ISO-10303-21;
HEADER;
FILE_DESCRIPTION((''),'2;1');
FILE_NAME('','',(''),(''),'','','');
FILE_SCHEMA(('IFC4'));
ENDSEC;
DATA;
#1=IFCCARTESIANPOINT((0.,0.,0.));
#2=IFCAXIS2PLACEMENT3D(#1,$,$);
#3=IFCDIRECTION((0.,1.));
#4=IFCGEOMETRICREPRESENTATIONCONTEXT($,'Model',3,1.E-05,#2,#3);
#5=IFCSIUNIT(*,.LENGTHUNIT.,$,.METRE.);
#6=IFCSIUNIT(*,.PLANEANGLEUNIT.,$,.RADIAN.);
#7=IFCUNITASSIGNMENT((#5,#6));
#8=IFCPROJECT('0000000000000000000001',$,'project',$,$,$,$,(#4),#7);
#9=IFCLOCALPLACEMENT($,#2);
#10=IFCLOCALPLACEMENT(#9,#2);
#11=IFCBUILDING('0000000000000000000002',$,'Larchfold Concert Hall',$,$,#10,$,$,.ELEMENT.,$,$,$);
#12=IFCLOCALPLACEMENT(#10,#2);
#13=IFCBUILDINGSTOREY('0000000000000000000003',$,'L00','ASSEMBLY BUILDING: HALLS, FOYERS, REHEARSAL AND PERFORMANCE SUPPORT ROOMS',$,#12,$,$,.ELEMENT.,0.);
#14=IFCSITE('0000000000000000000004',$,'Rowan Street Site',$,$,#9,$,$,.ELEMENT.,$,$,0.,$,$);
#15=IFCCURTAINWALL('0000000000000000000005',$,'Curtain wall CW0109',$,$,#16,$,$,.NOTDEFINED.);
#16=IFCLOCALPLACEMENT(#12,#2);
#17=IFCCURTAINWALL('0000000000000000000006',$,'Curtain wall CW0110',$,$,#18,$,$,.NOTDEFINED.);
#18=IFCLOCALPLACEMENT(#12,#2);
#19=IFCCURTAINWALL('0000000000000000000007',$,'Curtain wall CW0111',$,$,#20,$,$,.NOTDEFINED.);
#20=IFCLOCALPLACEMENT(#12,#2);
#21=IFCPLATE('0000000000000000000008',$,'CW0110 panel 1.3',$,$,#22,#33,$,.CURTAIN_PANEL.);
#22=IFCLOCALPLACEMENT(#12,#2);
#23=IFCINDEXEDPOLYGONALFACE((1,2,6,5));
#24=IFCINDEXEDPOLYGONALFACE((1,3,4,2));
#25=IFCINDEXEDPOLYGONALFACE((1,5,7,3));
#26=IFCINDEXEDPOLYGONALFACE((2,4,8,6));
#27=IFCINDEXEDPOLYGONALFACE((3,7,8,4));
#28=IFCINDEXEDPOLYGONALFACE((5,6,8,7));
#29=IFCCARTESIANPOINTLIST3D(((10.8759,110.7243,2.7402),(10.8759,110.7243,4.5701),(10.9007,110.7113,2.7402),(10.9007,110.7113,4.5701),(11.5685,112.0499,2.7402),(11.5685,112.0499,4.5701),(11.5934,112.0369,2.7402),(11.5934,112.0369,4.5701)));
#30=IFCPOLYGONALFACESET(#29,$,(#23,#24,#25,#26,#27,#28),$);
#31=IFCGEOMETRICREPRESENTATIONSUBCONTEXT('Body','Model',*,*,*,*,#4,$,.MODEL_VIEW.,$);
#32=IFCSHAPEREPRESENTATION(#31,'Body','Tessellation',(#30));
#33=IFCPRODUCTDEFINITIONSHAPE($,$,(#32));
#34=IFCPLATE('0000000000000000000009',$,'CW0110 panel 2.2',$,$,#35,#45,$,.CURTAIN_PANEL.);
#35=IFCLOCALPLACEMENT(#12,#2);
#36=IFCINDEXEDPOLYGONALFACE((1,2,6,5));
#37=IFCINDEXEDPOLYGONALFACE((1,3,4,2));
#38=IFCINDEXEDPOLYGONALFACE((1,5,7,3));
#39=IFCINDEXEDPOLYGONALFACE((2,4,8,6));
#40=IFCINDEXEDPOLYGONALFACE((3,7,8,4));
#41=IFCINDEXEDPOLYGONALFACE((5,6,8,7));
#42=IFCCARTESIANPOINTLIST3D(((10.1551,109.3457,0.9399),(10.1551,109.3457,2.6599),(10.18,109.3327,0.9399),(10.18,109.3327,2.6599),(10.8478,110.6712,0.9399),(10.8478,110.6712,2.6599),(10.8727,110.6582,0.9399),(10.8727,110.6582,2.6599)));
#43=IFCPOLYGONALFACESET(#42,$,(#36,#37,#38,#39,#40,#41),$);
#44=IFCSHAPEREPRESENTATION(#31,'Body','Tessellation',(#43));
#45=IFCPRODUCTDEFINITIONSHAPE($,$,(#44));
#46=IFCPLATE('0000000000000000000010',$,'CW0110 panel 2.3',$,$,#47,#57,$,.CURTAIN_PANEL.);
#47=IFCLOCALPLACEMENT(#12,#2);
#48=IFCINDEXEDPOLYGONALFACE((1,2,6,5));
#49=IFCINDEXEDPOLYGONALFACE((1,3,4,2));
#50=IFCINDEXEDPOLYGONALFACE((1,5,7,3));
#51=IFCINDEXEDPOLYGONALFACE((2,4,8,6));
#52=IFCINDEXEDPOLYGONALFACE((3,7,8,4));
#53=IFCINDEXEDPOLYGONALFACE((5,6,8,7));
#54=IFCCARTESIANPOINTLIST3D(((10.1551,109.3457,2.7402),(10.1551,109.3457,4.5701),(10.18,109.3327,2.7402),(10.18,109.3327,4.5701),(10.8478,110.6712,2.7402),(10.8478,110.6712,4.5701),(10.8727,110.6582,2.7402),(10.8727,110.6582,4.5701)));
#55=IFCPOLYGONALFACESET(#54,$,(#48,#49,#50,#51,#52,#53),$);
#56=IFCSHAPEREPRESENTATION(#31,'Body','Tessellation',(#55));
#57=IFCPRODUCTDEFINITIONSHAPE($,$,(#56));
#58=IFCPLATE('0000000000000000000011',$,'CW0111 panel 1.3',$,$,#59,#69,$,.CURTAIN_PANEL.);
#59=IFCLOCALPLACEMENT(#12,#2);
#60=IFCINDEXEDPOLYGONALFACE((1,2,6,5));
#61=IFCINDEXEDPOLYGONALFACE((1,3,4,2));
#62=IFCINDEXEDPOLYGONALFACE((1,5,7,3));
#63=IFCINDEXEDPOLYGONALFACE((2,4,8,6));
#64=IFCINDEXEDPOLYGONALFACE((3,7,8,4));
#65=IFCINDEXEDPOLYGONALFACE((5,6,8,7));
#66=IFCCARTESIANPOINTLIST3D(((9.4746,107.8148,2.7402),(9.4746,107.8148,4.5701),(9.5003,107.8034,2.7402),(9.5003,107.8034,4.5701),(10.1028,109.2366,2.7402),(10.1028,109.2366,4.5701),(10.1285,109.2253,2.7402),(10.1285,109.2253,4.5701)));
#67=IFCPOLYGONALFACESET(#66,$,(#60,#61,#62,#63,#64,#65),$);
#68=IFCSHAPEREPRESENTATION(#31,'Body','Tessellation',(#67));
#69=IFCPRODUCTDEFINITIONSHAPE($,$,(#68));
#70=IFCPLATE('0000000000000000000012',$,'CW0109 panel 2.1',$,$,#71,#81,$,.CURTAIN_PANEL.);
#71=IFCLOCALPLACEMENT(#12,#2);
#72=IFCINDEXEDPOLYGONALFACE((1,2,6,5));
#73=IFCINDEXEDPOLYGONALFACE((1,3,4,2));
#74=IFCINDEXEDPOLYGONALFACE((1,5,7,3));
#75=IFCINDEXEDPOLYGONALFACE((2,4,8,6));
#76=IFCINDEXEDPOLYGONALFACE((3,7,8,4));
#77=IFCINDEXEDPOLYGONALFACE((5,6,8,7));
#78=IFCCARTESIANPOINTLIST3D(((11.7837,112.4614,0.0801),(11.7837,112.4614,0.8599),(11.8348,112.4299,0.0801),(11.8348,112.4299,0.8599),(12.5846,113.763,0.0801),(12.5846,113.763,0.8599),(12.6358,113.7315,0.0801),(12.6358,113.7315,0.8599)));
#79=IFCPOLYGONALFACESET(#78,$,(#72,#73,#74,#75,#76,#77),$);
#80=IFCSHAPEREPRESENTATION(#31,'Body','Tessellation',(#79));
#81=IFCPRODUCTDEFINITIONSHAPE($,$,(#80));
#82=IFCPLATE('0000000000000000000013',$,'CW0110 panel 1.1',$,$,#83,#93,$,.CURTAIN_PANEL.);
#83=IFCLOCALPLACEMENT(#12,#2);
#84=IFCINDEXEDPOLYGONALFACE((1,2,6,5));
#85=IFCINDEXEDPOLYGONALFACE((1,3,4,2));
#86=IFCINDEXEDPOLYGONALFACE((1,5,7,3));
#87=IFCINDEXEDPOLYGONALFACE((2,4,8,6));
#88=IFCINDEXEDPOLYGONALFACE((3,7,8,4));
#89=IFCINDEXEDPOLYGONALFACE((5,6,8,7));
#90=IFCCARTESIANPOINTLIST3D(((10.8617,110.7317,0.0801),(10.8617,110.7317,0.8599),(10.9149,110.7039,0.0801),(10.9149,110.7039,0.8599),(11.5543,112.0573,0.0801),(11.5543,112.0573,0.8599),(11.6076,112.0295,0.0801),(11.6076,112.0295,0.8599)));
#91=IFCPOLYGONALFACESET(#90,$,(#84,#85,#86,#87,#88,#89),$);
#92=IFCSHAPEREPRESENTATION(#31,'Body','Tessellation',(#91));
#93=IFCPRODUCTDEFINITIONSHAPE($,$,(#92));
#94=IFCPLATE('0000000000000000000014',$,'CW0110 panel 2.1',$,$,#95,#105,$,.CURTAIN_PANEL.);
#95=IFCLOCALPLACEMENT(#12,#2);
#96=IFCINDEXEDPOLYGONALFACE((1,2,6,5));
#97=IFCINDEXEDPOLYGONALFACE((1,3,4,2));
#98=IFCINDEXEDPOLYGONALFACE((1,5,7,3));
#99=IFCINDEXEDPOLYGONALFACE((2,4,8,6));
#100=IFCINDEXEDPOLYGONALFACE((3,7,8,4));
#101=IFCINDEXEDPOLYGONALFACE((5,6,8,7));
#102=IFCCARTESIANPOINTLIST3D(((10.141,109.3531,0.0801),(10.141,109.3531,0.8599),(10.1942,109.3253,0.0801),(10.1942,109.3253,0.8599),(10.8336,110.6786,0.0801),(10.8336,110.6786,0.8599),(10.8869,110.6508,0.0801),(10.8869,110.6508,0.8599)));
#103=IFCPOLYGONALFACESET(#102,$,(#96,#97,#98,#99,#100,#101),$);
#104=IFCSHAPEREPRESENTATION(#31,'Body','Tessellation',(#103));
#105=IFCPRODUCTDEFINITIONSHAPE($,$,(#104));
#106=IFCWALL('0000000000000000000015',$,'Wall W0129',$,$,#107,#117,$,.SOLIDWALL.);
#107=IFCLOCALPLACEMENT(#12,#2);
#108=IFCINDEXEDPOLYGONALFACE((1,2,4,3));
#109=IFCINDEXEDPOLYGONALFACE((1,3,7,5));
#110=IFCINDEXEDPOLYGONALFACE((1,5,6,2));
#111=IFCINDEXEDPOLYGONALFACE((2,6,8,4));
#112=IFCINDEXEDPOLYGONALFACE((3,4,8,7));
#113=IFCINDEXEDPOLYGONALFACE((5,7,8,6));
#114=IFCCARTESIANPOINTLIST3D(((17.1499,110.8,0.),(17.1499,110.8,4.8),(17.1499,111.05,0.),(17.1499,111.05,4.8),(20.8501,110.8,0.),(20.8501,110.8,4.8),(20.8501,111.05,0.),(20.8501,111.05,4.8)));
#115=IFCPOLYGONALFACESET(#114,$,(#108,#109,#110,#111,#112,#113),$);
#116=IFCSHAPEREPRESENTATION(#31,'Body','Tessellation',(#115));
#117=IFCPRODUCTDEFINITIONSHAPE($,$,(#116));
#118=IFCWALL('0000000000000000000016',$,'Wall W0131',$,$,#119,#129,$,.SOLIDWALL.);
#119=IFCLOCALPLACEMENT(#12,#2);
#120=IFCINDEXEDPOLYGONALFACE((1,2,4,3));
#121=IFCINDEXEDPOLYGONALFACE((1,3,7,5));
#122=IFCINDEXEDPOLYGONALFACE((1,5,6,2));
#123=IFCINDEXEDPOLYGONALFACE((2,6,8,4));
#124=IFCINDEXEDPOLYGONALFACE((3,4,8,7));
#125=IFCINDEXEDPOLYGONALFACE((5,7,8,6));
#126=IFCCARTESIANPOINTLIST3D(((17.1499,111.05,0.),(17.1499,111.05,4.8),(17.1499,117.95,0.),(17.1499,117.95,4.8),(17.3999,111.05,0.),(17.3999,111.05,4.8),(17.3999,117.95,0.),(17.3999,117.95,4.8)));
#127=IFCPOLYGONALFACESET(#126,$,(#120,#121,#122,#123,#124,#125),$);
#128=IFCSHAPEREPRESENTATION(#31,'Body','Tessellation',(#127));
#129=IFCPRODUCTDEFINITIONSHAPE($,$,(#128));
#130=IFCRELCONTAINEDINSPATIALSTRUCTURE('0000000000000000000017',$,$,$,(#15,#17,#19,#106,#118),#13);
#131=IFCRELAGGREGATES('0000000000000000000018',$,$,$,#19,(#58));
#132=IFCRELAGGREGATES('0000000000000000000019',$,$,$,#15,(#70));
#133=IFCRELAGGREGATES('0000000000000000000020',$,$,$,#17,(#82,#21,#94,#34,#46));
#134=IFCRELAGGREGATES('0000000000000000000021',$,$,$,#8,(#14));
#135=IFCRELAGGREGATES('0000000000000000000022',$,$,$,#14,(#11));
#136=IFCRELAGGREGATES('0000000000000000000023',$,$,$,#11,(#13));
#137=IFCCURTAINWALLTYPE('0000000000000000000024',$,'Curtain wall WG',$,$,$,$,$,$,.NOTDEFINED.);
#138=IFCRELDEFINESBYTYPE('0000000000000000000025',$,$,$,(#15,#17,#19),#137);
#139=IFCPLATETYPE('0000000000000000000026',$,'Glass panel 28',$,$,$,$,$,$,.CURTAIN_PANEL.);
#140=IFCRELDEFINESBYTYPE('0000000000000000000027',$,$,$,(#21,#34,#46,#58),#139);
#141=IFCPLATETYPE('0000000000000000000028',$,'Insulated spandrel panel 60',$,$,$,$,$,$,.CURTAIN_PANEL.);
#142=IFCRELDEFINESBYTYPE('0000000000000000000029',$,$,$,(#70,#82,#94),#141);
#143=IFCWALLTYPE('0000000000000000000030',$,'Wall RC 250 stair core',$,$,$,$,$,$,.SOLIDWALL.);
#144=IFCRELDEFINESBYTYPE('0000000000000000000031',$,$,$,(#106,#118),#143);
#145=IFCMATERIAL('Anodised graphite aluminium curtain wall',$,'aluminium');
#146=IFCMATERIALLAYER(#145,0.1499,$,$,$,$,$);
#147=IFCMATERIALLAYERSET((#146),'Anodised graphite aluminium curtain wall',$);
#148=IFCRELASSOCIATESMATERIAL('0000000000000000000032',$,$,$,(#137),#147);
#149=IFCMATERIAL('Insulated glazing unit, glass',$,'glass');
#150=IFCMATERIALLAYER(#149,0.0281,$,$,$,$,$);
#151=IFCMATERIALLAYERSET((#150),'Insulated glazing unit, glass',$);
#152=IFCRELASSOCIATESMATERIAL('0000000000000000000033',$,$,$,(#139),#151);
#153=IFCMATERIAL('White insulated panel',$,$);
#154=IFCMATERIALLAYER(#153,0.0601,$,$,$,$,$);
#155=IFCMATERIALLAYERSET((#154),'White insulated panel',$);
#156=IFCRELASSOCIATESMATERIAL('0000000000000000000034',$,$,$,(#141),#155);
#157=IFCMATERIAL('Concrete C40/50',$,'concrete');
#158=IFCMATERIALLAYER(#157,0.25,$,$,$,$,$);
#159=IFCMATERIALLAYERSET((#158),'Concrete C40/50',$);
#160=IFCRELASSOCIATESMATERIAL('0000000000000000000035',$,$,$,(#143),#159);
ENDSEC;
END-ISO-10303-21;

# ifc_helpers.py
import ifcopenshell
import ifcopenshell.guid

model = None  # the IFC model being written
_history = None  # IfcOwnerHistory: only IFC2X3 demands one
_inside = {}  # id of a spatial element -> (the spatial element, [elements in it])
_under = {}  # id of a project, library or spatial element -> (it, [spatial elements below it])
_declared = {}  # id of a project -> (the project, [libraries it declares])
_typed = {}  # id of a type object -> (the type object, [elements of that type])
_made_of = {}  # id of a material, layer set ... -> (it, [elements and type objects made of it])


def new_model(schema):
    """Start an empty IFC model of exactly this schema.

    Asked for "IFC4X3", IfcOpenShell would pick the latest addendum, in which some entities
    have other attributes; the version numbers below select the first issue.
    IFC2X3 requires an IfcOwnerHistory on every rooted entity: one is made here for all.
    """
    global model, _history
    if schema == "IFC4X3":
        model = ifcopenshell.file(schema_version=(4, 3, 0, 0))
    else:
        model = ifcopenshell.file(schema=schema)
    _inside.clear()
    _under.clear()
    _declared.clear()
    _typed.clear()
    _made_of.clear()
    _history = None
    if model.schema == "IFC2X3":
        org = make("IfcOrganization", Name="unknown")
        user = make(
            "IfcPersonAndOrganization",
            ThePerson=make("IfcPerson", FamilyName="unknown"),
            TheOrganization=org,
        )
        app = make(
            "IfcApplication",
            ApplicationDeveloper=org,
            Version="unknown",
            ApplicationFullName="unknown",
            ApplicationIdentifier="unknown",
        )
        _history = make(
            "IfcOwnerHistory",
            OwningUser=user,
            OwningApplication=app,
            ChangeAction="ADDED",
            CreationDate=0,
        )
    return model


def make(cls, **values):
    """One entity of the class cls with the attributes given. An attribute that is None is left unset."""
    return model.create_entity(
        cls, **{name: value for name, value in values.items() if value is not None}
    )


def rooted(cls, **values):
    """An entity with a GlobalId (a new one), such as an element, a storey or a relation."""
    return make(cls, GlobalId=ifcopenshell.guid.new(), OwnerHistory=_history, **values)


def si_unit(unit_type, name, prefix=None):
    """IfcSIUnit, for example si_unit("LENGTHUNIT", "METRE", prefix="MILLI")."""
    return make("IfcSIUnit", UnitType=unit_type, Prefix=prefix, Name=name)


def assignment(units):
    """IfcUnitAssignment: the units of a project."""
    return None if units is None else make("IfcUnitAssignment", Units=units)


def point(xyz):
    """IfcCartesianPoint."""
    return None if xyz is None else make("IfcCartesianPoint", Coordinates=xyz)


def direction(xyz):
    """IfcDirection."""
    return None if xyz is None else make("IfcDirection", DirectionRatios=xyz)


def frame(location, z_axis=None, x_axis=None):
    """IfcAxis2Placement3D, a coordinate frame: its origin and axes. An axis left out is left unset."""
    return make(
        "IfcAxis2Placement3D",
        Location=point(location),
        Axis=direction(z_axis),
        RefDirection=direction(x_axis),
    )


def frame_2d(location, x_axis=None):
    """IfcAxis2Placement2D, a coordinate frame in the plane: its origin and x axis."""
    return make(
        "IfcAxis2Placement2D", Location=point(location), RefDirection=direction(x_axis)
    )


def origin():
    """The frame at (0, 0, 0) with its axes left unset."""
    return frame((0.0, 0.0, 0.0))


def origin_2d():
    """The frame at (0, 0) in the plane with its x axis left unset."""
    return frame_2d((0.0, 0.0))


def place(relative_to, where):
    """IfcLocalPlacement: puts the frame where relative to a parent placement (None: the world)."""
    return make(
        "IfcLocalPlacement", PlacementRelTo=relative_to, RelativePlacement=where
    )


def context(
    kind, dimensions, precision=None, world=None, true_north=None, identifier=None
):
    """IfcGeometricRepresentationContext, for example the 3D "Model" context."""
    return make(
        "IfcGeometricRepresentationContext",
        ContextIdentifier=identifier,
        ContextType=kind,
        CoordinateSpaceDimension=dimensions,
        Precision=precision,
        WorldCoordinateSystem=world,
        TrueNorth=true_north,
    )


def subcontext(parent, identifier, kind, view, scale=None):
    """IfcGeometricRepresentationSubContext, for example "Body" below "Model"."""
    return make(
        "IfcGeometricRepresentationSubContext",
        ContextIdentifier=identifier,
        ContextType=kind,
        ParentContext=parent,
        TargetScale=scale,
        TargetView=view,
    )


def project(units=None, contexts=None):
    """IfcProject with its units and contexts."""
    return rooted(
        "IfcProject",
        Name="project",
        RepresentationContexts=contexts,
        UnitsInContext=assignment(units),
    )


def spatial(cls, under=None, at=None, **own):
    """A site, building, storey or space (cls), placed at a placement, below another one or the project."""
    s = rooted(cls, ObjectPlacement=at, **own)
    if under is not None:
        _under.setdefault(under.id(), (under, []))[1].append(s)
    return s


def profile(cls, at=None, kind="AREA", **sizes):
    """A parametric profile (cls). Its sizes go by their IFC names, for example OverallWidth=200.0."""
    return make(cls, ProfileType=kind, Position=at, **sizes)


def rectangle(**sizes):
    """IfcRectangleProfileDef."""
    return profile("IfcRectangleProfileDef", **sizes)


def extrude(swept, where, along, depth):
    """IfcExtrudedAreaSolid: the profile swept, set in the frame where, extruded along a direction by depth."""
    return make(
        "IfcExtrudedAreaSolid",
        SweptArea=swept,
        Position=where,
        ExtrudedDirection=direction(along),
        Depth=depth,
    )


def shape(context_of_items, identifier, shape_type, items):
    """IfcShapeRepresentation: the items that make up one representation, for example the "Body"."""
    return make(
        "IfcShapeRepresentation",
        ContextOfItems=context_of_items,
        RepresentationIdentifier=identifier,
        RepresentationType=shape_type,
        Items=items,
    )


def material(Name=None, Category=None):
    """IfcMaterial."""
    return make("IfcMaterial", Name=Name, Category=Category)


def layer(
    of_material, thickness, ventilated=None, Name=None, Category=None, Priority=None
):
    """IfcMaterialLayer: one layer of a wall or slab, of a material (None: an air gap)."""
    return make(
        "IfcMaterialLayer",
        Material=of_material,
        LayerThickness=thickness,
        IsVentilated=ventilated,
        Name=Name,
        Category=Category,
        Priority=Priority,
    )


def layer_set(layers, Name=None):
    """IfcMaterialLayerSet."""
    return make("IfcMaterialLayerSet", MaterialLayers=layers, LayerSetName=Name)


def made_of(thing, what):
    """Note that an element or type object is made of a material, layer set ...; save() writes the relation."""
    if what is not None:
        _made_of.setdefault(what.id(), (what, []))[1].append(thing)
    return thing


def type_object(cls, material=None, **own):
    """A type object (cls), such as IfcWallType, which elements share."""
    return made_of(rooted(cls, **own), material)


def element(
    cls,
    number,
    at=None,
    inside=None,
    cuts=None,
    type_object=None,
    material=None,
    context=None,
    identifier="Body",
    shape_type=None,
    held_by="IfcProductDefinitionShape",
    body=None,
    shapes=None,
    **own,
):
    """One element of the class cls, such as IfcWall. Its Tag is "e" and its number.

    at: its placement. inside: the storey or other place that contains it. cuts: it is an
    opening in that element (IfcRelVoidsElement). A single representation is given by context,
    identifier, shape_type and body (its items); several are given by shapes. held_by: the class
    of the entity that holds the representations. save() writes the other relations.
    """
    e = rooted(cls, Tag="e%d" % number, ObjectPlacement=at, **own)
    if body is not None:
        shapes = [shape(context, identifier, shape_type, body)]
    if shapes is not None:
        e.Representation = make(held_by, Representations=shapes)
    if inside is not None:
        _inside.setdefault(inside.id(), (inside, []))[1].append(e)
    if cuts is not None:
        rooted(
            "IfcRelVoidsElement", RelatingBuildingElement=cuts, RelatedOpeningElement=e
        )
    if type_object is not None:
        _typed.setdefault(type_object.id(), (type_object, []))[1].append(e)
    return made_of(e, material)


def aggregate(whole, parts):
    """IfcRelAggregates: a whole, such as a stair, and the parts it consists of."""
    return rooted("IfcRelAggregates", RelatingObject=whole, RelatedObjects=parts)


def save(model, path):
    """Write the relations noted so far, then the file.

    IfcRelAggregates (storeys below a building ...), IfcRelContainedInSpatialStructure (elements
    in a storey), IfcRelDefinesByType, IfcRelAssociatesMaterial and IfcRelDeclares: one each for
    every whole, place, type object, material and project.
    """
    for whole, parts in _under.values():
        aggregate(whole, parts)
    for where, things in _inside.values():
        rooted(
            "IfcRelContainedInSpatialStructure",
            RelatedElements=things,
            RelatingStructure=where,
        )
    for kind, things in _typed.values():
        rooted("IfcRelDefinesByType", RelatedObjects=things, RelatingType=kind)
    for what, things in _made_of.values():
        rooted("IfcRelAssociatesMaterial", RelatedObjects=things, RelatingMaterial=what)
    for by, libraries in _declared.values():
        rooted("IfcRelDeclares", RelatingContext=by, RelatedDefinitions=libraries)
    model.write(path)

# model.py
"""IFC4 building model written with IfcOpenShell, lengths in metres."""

from ifc_helpers import new_model, si_unit, direction, frame, frame_2d, origin, origin_2d, place, context, subcontext, project, spatial, rectangle, extrude, material, layer, layer_set, type_object, element, aggregate, save


model = new_model("IFC4")

# Units and contexts
model_context = context("Model", 3, precision=1e-05, world=origin(), true_north=direction((0.0, 1.0)))
body_context = subcontext(model_context, "Body", "Model", "MODEL_VIEW")
ifc_project = project(units=[si_unit("LENGTHUNIT", "METRE"), si_unit("PLANEANGLEUNIT", "RADIAN")], contexts=[model_context])

# Site, building, storey
site_placement = place(None, origin())
site = spatial("IfcSite", under=ifc_project, at=site_placement, Name="Rowan Street Site", CompositionType="ELEMENT", RefElevation=0.0)
building_placement = place(site_placement, origin())
building = spatial("IfcBuilding", under=site, at=building_placement, Name="Larchfold Concert Hall", CompositionType="ELEMENT")
storey_placement = place(building_placement, origin())
storey = spatial("IfcBuildingStorey", under=building, at=storey_placement, Name="L00", Description="ASSEMBLY BUILDING: HALLS, FOYERS, REHEARSAL AND PERFORMANCE SUPPORT ROOMS", CompositionType="ELEMENT", Elevation=0.0)

# Curtain wall
ifc_material_1 = material(Name="Anodised graphite aluminium curtain wall", Category="aluminium")
ifc_layer_1 = layer(ifc_material_1, 0.1499)
ifc_layer_set_1 = layer_set([ifc_layer_1], Name="Anodised graphite aluminium curtain wall")
curtain_wall_type = type_object("IfcCurtainWallType", Name="Curtain wall WG", PredefinedType="NOTDEFINED", material=ifc_layer_set_1)
curtain_wall_1_placement = place(storey_placement, origin())
curtain_wall_1 = element("IfcCurtainWall", 1, at=curtain_wall_1_placement, inside=storey, type_object=curtain_wall_type, Name="Curtain wall CW0109", PredefinedType="NOTDEFINED")

# Curtain wall
curtain_wall_2_placement = place(storey_placement, origin())
curtain_wall_2 = element("IfcCurtainWall", 2, at=curtain_wall_2_placement, inside=storey, type_object=curtain_wall_type, Name="Curtain wall CW0110", PredefinedType="NOTDEFINED")

# Curtain wall
curtain_wall_3_placement = place(storey_placement, origin())
curtain_wall_3 = element("IfcCurtainWall", 3, at=curtain_wall_3_placement, inside=storey, type_object=curtain_wall_type, Name="Curtain wall CW0111", PredefinedType="NOTDEFINED")

# Plates
ifc_material_2 = material(Name="Insulated glazing unit, glass", Category="glass")
ifc_layer_2 = layer(ifc_material_2, 0.0281)
ifc_layer_set_2 = layer_set([ifc_layer_2], Name="Insulated glazing unit, glass")
plate_type_1 = type_object("IfcPlateType", Name="Glass panel 28", PredefinedType="CURTAIN_PANEL", material=ifc_layer_set_2)
plate_1_placement = place(storey_placement, frame((11.2346, 111.3806, 2.7402), z_axis=(0.0, 0.0, 1.0), x_axis=(-0.463124, -0.886294, 0.0)))
plate_1 = element("IfcPlate", 4, at=plate_1_placement, type_object=plate_type_1, Name="CW0110 panel 1.3", PredefinedType="CURTAIN_PANEL", context=body_context, shape_type="SweptSolid", body=[
    extrude(rectangle(XDim=1.4956, YDim=0.0281, at=origin_2d()), origin(), (0.0, 0.0, 1.0), 1.8298),
])
plate_2_placement = place(storey_placement, frame((10.5139, 110.002, 0.9399), z_axis=(0.0, 0.0, 1.0), x_axis=(-0.463124, -0.886294, 0.0)))
plate_2 = element("IfcPlate", 5, at=plate_2_placement, type_object=plate_type_1, Name="CW0110 panel 2.2", PredefinedType="CURTAIN_PANEL", context=body_context, shape_type="SweptSolid", body=[
    extrude(rectangle(XDim=1.4956, YDim=0.0281, at=origin_2d()), origin(), (0.0, 0.0, 1.0), 1.72),
])
plate_3_placement = place(storey_placement, frame((10.5139, 110.002, 2.7402), z_axis=(0.0, 0.0, 1.0), x_axis=(-0.463124, -0.886294, 0.0)))
plate_3 = element("IfcPlate", 6, at=plate_3_placement, type_object=plate_type_1, Name="CW0110 panel 2.3", PredefinedType="CURTAIN_PANEL", context=body_context, shape_type="SweptSolid", body=[
    extrude(rectangle(XDim=1.4956, YDim=0.0281, at=origin_2d()), origin(), (0.0, 0.0, 1.0), 1.8298),
])
plate_4_placement = place(storey_placement, frame((9.8015, 108.52, 2.7402), z_axis=(0.0, 0.0, 1.0), x_axis=(-0.404126, -0.914703, 0.0)))
plate_4 = element("IfcPlate", 7, at=plate_4_placement, type_object=plate_type_1, Name="CW0111 panel 1.3", PredefinedType="CURTAIN_PANEL", context=body_context, shape_type="SweptSolid", body=[
    extrude(rectangle(XDim=1.5544, YDim=0.0281, at=origin_2d()), origin(), (0.0, 0.0, 1.0), 1.8298),
])
aggregate(curtain_wall_3, [plate_4])
ifc_material_3 = material(Name="White insulated panel")
ifc_layer_3 = layer(ifc_material_3, 0.0601)
ifc_layer_set_3 = layer_set([ifc_layer_3], Name="White insulated panel")
plate_type_2 = type_object("IfcPlateType", Name="Insulated spandrel panel 60", PredefinedType="CURTAIN_PANEL", material=ifc_layer_set_3)
plate_5_placement = place(storey_placement, frame((12.2097, 113.0964, 0.0801), z_axis=(0.0, 0.0, 1.0), x_axis=(-0.524081, -0.851669, 0.0)))
plate_5 = element("IfcPlate", 8, at=plate_5_placement, type_object=plate_type_2, Name="CW0109 panel 2.1", PredefinedType="CURTAIN_PANEL", context=body_context, shape_type="SweptSolid", body=[
    extrude(rectangle(XDim=1.5283, YDim=0.0601, at=origin_2d()), origin(), (0.0, 0.0, 1.0), 0.7798),
])
aggregate(curtain_wall_1, [plate_5])
plate_6_placement = place(storey_placement, frame((11.2346, 111.3806, 0.0801), z_axis=(0.0, 0.0, 1.0), x_axis=(-0.463124, -0.886294, 0.0)))
plate_6 = element("IfcPlate", 9, at=plate_6_placement, type_object=plate_type_2, Name="CW0110 panel 1.1", PredefinedType="CURTAIN_PANEL", context=body_context, shape_type="SweptSolid", body=[
    extrude(rectangle(XDim=1.4956, YDim=0.0601, at=origin_2d()), origin(), (0.0, 0.0, 1.0), 0.7798),
])
plate_7_placement = place(storey_placement, frame((10.5139, 110.002, 0.0801), z_axis=(0.0, 0.0, 1.0), x_axis=(-0.463124, -0.886294, 0.0)))
plate_7 = element("IfcPlate", 10, at=plate_7_placement, type_object=plate_type_2, Name="CW0110 panel 2.1", PredefinedType="CURTAIN_PANEL", context=body_context, shape_type="SweptSolid", body=[
    extrude(rectangle(XDim=1.4956, YDim=0.0601, at=origin_2d()), origin(), (0.0, 0.0, 1.0), 0.7798),
])
aggregate(curtain_wall_2, [plate_6, plate_1, plate_7, plate_2, plate_3])

# Walls
ifc_material_4 = material(Name="Concrete C40/50", Category="concrete")
ifc_layer_4 = layer(ifc_material_4, 0.25)
ifc_layer_set_4 = layer_set([ifc_layer_4], Name="Concrete C40/50")
wall_type = type_object("IfcWallType", Name="Wall RC 250 stair core", PredefinedType="SOLIDWALL", material=ifc_layer_set_4)
wall_1_placement = place(storey_placement, frame((17.1499, 110.925, 0.0), z_axis=(0.0, 0.0, 1.0), x_axis=(1.0, 0.0, 0.0)))
element("IfcWall", 11, at=wall_1_placement, inside=storey, type_object=wall_type, Name="Wall W0129", PredefinedType="SOLIDWALL", context=body_context, shape_type="SweptSolid", body=[
    extrude(rectangle(XDim=3.7002, YDim=0.25, at=frame_2d((1.8501, 0.0))), origin(), (0.0, 0.0, 1.0), 4.8),
])
wall_2_placement = place(storey_placement, frame((17.2749, 111.05, 0.0), z_axis=(0.0, 0.0, 1.0), x_axis=(0.0, 1.0, 0.0)))
element("IfcWall", 12, at=wall_2_placement, inside=storey, type_object=wall_type, Name="Wall W0131", PredefinedType="SOLIDWALL", context=body_context, shape_type="SweptSolid", body=[
    extrude(rectangle(XDim=6.8999, YDim=0.25, at=frame_2d((3.45, 0.0))), origin(), (0.0, 0.0, 1.0), 4.8),
])

save(model, "model.ifc")
